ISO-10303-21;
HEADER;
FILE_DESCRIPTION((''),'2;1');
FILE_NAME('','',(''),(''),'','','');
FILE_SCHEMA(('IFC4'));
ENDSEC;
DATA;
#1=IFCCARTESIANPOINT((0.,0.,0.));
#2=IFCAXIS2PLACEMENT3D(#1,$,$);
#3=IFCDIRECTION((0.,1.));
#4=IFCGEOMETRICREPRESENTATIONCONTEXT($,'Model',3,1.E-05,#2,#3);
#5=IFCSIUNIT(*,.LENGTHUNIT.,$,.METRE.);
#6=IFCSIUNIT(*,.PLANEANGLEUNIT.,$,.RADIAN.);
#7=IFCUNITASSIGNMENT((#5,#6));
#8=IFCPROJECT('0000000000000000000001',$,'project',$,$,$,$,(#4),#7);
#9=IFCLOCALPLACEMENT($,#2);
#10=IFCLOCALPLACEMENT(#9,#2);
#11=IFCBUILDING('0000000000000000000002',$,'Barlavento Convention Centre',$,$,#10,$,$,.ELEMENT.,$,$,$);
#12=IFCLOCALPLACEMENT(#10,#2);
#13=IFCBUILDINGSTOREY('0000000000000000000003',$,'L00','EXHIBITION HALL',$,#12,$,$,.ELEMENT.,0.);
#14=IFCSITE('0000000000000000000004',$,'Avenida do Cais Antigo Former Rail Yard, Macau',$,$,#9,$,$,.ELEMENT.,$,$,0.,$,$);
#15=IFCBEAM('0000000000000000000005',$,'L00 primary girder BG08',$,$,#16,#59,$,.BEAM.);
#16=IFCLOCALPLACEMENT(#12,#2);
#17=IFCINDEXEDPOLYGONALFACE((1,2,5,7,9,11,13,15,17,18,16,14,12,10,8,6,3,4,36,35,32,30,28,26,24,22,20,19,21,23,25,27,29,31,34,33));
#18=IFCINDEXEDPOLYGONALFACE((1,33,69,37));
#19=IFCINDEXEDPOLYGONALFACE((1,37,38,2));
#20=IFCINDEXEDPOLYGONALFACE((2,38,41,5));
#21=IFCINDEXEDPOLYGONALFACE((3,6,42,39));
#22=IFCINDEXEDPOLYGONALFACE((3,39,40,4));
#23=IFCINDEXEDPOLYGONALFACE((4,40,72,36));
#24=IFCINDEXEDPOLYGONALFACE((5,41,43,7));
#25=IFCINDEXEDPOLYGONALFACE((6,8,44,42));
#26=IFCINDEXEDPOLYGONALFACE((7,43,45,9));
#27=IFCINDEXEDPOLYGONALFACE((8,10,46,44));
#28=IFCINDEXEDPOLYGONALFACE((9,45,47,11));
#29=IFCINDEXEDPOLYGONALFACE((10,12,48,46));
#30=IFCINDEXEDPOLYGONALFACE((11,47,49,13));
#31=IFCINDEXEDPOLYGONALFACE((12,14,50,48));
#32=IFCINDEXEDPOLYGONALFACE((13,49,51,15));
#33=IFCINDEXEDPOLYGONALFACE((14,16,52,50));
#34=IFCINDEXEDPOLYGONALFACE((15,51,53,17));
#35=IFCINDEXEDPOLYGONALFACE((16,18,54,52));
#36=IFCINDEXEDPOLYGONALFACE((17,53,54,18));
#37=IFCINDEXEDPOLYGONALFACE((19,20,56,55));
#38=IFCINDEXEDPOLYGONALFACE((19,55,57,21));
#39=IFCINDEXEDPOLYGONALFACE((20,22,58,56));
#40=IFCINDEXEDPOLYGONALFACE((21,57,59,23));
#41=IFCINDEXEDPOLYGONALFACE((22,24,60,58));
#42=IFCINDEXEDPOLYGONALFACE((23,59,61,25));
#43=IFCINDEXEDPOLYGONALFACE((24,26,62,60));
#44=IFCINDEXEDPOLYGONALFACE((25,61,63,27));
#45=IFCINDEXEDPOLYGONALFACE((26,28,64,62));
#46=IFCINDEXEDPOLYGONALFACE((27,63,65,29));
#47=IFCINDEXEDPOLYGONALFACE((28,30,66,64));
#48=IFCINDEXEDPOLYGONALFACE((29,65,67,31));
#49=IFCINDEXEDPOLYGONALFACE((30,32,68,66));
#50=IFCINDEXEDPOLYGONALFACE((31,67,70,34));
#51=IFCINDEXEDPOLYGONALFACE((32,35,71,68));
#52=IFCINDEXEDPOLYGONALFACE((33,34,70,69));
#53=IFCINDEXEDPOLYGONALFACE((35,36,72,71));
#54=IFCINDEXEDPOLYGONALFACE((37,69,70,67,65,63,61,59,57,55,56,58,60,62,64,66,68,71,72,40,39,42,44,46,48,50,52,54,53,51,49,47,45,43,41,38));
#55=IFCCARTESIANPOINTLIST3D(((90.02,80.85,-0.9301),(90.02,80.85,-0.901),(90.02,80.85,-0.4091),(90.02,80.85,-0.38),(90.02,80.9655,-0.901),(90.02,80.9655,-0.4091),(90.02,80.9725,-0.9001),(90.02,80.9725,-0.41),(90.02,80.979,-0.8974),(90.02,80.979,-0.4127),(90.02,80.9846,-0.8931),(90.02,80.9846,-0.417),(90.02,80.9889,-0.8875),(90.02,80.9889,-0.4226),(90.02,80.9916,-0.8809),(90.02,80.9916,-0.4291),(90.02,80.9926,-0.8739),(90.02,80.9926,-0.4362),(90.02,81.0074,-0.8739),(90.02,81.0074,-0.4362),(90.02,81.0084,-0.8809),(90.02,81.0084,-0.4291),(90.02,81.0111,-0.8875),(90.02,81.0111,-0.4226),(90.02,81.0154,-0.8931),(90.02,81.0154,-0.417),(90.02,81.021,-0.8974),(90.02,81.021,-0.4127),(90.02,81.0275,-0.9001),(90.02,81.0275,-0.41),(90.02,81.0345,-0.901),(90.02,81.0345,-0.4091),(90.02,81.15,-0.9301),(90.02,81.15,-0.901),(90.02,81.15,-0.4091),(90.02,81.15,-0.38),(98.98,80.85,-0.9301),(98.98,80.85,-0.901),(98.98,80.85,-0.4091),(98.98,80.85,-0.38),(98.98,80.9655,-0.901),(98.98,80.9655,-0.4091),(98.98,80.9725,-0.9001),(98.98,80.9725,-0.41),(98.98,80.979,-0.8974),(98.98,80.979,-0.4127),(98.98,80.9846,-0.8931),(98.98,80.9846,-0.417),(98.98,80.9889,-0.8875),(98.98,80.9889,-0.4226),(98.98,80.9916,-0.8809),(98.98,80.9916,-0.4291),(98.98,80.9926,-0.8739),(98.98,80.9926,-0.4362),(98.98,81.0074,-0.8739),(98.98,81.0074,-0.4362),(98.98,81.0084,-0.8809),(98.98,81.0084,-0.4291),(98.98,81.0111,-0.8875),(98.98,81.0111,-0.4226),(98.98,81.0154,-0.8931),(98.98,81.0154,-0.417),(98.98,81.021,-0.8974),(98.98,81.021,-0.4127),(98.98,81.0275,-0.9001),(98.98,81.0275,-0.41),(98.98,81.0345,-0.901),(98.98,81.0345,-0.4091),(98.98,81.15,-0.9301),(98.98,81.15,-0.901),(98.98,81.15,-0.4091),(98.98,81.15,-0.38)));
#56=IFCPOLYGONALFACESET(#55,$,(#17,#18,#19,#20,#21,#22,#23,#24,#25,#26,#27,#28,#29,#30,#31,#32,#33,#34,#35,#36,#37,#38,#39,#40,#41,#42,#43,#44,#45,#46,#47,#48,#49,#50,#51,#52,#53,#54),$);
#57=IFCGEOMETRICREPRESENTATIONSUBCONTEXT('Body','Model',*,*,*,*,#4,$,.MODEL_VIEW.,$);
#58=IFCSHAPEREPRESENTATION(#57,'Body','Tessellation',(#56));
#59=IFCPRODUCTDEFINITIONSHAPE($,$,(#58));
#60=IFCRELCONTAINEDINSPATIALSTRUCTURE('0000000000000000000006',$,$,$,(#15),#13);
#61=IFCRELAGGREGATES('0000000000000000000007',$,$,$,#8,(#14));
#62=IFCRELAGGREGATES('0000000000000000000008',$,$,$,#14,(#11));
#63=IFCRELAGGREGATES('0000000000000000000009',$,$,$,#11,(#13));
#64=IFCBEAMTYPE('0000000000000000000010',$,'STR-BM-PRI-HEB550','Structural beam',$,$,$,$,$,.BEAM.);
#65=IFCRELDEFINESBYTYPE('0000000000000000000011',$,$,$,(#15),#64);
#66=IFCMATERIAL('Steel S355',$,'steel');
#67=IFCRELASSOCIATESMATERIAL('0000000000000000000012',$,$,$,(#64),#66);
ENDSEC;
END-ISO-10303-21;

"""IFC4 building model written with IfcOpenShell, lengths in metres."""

from ifc_helpers import new_model, si_unit, direction, frame, origin, origin_2d, place, context, subcontext, project, spatial, i_section, extrude, material, material_profile, profile_set, type_object, element, save


model = new_model("IFC4")

# Units and contexts
model_context = context("Model", 3, precision=1e-05, world=origin(), true_north=direction((0.0, 1.0)))
body_context = subcontext(model_context, "Body", "Model", "MODEL_VIEW")
ifc_project = project(units=[si_unit("LENGTHUNIT", "METRE"), si_unit("PLANEANGLEUNIT", "RADIAN")], contexts=[model_context])

# Site, building, storey
site_placement = place(None, origin())
site = spatial("IfcSite", under=ifc_project, at=site_placement, Name="Avenida do Cais Antigo Former Rail Yard, Macau", CompositionType="ELEMENT", RefElevation=0.0)
building_placement = place(site_placement, origin())
building = spatial("IfcBuilding", under=site, at=building_placement, Name="Barlavento Convention Centre", CompositionType="ELEMENT")
storey_placement = place(building_placement, origin())
storey = spatial("IfcBuildingStorey", under=building, at=storey_placement, Name="L00", Description="EXHIBITION HALL", CompositionType="ELEMENT", Elevation=0.0)

# Beam
ifc_material_1 = material(Name="Steel S355", Category="steel")
ifc_material_profile_1 = material_profile(ifc_material_1, i_section(OverallWidth=0.3, OverallDepth=0.55, WebThickness=0.0149, FlangeThickness=0.0291, FilletRadius=0.0271, at=origin_2d()), Name="HEB 550")
ifc_profile_set_1 = profile_set([ifc_material_profile_1], Name="Steel S355")
beam_type_1 = type_object("IfcBeamType", Name="STR-BM-PRI-HEB550", Description="Structural beam", PredefinedType="BEAM", material=ifc_profile_set_1)
beam_1_placement = place(storey_placement, frame((90.02, 81.0, -0.655), z_axis=(1.0, 0.0, 0.0), x_axis=(0.0, 1.0, 0.0)))
element("IfcBeam", 1, at=beam_1_placement, inside=storey, type_object=beam_type_1, Name="L00 primary girder BG08", PredefinedType="BEAM", context=body_context, shape_type="SweptSolid", body=[
    extrude(i_section(OverallWidth=0.3, OverallDepth=0.55, WebThickness=0.0149, FlangeThickness=0.0291, FilletRadius=0.0271, at=origin_2d()), origin(), (0.0, 0.0, 1.0), 8.96),
])

save(model, "model.ifc")
